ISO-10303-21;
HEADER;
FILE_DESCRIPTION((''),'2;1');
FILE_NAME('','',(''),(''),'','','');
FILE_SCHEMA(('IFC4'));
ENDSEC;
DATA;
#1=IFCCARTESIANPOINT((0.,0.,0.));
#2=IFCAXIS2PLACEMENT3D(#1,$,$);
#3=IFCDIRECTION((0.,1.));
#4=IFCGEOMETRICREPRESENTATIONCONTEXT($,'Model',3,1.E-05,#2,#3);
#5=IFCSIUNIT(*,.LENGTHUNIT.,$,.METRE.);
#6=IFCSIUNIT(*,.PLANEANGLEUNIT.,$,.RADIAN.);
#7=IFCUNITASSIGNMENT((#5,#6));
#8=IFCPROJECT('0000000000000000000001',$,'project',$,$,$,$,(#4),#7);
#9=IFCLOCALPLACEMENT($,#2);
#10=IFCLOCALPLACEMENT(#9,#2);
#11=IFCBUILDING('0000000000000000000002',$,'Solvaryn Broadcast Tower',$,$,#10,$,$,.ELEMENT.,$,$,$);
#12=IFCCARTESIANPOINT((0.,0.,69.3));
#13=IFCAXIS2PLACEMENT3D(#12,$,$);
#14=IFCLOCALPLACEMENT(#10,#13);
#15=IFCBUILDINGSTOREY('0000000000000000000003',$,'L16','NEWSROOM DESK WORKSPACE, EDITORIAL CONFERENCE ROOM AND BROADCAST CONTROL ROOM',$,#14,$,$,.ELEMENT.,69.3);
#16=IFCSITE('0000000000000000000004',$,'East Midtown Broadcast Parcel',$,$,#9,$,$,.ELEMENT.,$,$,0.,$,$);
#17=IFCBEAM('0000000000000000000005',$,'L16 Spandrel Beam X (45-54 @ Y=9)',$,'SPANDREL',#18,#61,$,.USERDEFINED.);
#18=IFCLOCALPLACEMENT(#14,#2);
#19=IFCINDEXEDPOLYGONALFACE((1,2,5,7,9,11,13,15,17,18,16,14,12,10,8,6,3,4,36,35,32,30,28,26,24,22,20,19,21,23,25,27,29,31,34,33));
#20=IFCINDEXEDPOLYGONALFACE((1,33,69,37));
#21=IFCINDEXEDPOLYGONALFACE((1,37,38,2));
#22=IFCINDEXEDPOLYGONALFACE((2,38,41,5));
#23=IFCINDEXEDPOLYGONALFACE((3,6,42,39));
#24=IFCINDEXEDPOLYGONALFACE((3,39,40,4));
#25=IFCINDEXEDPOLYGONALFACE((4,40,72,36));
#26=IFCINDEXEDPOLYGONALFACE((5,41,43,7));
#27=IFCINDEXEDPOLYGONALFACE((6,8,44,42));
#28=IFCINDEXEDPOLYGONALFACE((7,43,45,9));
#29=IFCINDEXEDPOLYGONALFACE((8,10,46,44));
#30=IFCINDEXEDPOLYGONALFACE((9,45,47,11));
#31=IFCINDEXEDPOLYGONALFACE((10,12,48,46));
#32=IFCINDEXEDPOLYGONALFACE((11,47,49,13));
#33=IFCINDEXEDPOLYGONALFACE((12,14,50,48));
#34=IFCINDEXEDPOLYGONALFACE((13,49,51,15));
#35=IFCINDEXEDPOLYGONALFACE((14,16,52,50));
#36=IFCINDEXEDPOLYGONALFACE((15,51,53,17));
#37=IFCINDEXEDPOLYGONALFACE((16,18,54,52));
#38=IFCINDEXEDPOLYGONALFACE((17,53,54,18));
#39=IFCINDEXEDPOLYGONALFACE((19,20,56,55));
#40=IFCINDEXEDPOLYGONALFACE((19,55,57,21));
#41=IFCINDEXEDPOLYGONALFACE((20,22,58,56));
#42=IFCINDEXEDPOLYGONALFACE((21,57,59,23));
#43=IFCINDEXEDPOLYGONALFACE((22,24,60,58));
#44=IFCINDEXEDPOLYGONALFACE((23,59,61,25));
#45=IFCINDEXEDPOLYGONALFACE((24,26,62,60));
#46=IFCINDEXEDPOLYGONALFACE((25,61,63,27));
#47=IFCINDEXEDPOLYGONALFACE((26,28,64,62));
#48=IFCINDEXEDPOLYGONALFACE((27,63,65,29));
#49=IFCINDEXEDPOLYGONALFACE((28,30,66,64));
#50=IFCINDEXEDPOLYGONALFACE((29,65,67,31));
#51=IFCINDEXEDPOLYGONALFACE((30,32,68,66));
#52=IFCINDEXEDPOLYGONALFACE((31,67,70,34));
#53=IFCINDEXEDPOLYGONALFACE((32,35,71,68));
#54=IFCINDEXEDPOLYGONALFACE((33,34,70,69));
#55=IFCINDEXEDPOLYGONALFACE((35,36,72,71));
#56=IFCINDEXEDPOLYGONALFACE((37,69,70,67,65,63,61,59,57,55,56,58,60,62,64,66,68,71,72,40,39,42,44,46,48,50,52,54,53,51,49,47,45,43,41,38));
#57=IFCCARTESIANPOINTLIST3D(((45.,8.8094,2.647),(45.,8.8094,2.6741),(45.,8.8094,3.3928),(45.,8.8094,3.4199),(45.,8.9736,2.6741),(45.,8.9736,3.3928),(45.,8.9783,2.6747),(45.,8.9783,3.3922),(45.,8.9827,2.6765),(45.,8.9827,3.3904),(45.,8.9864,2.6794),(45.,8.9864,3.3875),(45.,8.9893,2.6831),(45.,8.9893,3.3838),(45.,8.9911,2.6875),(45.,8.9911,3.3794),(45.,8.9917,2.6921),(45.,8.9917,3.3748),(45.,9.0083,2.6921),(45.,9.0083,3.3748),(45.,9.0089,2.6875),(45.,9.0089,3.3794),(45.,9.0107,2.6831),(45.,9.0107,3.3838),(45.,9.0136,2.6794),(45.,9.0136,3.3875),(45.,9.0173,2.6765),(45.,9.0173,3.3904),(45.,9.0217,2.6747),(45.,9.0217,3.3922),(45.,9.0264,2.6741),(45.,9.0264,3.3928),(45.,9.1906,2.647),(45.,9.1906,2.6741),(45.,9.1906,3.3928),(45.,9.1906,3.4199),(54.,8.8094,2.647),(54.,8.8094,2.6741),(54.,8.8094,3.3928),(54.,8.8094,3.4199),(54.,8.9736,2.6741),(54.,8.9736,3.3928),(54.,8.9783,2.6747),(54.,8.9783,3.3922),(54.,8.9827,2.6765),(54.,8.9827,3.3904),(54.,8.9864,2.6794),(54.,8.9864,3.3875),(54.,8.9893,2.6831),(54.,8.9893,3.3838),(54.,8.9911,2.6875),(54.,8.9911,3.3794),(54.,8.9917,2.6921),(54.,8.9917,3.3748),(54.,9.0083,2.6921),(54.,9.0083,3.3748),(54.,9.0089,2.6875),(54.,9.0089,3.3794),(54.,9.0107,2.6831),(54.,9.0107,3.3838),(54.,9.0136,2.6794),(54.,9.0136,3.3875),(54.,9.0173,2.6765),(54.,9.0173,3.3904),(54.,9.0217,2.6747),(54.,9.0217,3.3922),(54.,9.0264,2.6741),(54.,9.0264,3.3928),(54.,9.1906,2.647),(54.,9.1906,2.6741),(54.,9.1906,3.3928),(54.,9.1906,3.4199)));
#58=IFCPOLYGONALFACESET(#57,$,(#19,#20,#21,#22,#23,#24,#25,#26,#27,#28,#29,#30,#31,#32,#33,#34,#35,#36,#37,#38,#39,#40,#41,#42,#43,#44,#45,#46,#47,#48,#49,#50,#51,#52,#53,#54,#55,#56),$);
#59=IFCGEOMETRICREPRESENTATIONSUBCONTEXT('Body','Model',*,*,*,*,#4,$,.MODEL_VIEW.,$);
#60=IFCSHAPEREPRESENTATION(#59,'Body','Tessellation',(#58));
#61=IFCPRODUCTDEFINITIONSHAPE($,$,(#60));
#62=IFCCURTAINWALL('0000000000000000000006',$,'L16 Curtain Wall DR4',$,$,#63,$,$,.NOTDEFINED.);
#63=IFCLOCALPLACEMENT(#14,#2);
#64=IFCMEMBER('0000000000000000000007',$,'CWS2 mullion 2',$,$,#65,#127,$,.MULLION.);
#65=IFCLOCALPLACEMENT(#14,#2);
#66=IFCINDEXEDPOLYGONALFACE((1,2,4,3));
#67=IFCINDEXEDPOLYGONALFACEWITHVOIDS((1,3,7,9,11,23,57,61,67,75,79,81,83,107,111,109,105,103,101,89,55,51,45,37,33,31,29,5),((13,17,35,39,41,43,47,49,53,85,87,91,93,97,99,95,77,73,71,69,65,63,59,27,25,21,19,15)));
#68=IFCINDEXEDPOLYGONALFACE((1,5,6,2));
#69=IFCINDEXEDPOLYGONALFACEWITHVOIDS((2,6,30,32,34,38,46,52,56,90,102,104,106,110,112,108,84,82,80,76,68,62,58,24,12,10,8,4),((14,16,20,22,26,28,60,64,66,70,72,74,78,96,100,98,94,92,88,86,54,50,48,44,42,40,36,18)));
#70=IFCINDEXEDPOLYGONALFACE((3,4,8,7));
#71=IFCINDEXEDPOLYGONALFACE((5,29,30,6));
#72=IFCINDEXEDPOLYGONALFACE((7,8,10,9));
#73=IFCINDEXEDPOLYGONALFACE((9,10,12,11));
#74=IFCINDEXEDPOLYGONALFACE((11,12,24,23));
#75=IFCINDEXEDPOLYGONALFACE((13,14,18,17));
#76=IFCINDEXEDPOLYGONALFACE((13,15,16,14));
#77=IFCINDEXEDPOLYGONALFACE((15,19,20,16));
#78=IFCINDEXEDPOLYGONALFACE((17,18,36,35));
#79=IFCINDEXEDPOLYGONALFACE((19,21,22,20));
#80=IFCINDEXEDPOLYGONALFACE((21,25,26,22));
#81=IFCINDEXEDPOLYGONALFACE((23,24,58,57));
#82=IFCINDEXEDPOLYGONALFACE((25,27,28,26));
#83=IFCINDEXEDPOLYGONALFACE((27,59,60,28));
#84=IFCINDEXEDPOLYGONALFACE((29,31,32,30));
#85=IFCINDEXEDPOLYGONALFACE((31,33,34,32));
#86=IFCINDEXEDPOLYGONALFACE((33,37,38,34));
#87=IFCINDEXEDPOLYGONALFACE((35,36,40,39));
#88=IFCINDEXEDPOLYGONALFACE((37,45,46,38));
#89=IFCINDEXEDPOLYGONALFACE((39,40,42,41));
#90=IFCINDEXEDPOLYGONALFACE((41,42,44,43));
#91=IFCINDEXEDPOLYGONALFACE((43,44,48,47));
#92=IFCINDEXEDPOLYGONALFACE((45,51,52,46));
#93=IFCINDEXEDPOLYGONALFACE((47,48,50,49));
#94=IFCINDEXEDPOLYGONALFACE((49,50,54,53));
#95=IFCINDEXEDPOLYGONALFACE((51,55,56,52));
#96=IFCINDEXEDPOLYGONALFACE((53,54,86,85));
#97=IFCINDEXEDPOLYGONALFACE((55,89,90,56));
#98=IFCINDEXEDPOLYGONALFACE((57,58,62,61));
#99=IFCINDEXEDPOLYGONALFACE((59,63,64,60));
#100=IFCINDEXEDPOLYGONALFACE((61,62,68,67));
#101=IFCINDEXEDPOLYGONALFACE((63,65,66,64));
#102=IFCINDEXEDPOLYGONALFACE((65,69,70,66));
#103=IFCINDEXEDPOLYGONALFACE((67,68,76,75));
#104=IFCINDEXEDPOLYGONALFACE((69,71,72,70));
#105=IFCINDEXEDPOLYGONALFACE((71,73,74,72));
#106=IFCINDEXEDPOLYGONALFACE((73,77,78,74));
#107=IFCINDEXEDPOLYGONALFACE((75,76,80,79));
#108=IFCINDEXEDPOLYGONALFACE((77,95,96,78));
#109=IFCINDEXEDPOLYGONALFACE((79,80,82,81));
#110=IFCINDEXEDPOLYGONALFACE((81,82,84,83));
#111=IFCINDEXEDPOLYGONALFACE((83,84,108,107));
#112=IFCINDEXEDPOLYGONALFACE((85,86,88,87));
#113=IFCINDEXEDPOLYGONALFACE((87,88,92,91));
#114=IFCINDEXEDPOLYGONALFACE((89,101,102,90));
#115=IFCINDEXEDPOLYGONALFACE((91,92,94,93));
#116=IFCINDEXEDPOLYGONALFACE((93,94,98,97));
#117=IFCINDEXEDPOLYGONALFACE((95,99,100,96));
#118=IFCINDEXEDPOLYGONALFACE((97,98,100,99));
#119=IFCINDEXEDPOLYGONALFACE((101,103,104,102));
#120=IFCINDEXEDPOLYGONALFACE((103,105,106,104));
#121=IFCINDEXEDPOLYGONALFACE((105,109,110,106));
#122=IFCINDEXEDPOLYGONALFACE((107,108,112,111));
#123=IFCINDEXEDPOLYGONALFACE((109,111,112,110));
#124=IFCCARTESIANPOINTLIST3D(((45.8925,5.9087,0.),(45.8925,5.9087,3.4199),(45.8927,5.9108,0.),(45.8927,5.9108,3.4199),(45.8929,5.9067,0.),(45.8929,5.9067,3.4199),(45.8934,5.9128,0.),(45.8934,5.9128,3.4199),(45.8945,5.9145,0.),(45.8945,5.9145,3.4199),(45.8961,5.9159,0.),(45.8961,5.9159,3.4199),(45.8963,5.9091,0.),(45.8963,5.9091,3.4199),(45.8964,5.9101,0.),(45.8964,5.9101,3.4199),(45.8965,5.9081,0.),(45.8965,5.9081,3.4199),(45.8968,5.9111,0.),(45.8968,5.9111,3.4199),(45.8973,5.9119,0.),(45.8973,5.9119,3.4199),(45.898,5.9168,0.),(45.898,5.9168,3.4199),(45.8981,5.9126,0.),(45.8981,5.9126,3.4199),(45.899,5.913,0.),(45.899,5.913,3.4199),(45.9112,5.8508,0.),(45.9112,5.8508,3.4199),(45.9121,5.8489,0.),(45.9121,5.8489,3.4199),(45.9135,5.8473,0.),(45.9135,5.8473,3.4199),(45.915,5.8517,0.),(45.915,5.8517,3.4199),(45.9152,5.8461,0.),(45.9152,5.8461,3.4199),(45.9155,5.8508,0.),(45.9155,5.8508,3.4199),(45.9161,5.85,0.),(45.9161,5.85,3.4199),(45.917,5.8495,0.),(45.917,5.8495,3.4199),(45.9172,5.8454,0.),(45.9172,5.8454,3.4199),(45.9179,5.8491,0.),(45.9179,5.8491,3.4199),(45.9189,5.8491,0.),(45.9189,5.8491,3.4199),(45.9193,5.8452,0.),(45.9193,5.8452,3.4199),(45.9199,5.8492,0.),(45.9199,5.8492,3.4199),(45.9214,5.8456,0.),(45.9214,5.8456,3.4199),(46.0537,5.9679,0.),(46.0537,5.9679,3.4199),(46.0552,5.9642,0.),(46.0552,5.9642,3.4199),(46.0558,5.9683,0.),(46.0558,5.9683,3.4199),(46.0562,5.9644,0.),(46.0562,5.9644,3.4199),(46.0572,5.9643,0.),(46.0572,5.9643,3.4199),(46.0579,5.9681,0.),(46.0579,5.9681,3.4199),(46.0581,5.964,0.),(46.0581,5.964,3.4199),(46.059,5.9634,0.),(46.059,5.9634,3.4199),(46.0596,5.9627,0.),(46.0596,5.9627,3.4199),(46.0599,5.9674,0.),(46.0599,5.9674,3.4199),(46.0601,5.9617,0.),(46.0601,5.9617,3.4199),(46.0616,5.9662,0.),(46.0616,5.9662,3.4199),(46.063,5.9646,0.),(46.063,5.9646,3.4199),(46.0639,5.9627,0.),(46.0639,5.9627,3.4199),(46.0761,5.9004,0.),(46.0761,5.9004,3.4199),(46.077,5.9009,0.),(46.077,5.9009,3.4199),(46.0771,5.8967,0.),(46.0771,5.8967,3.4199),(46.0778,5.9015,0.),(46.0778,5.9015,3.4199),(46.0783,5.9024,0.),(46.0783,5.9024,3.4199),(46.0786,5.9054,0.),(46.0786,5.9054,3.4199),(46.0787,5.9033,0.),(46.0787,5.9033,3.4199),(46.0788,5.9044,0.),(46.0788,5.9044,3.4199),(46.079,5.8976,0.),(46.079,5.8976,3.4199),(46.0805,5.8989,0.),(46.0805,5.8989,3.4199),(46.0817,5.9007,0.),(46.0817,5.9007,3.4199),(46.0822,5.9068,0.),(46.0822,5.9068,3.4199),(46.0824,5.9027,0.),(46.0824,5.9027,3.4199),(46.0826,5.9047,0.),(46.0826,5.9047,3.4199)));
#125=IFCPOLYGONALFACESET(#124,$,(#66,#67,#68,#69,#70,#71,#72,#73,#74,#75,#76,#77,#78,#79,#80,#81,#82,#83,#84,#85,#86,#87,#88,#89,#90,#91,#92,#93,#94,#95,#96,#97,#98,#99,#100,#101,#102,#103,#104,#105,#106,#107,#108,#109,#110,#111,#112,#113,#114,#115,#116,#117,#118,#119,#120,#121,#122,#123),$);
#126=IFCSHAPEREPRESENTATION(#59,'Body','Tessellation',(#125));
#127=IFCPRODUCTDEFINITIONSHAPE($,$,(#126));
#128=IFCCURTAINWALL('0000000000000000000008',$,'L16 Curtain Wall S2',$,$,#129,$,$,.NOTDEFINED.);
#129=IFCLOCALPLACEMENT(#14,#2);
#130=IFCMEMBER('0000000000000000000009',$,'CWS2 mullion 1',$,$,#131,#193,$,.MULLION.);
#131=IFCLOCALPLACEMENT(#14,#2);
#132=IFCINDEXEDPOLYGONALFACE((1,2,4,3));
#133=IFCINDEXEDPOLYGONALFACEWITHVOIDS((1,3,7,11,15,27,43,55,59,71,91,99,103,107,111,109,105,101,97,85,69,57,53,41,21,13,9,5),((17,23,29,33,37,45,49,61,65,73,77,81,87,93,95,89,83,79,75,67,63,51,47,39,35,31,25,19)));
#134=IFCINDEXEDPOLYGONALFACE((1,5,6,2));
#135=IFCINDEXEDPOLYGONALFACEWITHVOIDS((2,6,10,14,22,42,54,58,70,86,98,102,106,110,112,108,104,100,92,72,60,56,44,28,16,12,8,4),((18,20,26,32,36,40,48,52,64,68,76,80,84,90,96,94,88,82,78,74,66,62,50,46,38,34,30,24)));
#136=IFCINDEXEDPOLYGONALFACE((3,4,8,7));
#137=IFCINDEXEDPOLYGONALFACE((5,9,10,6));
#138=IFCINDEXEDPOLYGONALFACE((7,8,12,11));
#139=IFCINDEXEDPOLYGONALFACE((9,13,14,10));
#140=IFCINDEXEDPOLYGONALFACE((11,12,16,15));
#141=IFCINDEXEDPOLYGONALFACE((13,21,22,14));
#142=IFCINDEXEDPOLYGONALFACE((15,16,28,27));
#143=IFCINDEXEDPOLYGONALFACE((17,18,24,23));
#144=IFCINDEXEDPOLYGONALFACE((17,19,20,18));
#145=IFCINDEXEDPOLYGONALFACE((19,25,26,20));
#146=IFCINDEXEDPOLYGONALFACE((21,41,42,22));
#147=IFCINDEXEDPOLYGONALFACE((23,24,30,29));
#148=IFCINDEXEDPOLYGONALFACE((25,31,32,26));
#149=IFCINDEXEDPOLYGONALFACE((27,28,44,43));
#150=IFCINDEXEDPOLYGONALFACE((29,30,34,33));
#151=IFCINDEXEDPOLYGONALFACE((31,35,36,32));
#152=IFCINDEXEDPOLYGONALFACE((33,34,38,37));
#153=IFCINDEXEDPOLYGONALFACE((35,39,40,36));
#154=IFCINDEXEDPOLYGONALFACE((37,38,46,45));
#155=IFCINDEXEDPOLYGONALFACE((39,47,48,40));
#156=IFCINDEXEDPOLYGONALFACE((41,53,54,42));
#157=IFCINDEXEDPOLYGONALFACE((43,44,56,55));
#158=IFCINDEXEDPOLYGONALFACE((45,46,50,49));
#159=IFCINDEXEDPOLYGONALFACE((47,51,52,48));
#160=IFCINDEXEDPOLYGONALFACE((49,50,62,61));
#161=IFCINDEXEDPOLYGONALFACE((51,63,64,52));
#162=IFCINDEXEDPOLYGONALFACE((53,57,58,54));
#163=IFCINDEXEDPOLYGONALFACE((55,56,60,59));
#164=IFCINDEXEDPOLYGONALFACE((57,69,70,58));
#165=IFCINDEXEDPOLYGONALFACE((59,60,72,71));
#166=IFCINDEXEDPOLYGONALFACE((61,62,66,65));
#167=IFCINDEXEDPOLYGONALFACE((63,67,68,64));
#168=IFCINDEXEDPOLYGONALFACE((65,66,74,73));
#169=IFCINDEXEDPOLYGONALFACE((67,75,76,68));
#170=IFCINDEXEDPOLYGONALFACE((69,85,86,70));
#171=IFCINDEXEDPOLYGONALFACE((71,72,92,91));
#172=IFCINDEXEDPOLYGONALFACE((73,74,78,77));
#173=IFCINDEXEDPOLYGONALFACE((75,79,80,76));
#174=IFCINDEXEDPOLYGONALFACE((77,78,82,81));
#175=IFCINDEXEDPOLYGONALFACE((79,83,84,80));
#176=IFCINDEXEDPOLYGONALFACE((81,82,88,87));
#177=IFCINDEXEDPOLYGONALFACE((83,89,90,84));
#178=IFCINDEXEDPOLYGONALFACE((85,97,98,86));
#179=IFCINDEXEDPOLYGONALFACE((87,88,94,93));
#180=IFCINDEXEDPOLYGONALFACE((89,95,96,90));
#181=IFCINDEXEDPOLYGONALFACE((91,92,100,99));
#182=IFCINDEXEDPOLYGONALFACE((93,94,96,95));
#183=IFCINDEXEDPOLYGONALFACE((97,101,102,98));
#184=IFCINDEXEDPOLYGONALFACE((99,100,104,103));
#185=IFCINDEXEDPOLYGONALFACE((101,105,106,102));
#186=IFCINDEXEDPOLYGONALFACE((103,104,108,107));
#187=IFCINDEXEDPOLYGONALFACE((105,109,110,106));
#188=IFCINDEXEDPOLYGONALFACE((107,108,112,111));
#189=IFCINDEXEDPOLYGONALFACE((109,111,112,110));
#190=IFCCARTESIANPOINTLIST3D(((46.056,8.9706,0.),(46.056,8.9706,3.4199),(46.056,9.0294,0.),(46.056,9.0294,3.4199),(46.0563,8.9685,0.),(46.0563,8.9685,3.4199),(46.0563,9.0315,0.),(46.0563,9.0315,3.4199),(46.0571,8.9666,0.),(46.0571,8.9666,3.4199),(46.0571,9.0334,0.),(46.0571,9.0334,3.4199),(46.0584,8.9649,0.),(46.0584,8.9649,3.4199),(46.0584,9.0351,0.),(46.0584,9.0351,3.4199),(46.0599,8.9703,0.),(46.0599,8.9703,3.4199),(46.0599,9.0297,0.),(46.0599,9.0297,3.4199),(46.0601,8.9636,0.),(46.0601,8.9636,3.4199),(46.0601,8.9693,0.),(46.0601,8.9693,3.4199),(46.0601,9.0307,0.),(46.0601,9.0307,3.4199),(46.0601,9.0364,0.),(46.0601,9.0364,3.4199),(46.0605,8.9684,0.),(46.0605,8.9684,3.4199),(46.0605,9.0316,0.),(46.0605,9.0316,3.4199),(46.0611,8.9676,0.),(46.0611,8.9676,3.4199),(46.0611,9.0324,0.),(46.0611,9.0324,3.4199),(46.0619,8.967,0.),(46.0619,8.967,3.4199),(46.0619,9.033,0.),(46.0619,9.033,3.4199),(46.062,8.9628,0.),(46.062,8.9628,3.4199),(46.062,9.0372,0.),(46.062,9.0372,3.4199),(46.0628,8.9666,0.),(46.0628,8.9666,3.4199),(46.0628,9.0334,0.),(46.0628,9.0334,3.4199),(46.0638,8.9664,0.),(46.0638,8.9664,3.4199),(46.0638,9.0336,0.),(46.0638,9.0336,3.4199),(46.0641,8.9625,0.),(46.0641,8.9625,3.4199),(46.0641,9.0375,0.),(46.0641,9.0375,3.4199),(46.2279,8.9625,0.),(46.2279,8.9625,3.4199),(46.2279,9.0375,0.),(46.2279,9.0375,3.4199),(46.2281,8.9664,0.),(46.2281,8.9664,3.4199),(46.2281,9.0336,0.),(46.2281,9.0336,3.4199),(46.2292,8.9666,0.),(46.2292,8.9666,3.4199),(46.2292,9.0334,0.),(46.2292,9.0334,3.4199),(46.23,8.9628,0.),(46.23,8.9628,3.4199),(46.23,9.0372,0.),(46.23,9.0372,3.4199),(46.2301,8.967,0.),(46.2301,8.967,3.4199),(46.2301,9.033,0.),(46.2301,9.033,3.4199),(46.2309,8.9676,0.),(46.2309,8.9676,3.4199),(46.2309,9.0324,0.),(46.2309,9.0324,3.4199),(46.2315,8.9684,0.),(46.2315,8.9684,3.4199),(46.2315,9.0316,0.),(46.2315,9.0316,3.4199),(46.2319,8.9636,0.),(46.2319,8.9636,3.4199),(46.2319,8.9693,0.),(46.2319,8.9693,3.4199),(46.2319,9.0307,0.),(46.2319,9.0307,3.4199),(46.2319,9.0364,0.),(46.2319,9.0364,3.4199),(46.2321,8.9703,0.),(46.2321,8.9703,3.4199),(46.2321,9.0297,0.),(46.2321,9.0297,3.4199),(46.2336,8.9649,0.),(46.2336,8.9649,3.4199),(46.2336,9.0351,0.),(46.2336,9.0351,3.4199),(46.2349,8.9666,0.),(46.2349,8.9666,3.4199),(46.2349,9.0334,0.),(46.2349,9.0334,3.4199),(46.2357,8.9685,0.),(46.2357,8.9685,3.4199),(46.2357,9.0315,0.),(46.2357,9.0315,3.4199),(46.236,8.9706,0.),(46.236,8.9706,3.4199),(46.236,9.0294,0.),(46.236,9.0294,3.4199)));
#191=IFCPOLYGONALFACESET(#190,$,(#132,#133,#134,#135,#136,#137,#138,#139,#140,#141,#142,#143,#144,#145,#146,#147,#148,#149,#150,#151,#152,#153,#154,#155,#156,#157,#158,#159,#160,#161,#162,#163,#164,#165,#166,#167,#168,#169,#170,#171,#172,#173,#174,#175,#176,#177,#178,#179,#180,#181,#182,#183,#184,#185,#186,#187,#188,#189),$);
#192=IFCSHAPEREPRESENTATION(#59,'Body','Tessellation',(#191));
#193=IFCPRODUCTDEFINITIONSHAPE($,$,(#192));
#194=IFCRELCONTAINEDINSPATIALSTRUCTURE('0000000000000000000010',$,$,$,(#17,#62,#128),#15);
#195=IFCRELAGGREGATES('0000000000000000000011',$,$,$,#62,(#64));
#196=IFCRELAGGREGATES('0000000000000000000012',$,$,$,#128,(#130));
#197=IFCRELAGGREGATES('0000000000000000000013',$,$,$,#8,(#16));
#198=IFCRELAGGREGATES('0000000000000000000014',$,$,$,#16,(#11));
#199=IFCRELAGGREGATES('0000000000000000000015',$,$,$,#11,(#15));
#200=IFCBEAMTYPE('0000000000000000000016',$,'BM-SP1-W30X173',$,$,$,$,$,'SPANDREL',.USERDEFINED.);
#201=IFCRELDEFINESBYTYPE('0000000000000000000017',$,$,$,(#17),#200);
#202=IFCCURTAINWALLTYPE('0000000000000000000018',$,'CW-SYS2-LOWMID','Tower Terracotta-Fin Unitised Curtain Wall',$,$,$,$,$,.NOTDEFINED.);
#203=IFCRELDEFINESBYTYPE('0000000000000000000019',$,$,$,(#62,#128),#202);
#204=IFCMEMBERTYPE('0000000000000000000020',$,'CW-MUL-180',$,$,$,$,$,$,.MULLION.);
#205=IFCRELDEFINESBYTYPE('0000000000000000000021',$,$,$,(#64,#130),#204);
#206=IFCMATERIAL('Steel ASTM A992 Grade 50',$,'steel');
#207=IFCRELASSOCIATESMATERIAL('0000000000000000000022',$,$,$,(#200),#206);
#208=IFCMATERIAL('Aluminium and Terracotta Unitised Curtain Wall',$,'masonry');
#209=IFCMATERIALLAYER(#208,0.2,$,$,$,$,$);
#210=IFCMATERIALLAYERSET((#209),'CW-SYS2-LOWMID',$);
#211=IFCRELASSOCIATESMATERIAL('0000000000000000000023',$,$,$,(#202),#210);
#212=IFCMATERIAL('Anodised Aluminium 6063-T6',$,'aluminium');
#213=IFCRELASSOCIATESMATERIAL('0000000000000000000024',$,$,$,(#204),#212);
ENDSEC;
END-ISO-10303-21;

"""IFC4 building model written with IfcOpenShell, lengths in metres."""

from ifc_helpers import new_model, si_unit, direction, frame, origin, origin_2d, place, context, subcontext, project, spatial, hollow_rectangle, i_section, extrude, material, layer, layer_set, material_profile, profile_set, type_object, element, aggregate, save


model = new_model("IFC4")

# Units and contexts
model_context = context("Model", 3, precision=1e-05, world=origin(), true_north=direction((0.0, 1.0)))
body_context = subcontext(model_context, "Body", "Model", "MODEL_VIEW")
ifc_project = project(units=[si_unit("LENGTHUNIT", "METRE"), si_unit("PLANEANGLEUNIT", "RADIAN")], contexts=[model_context])

# Site, building, storey
site_placement = place(None, origin())
site = spatial("IfcSite", under=ifc_project, at=site_placement, Name="East Midtown Broadcast Parcel", CompositionType="ELEMENT", RefElevation=0.0)
building_placement = place(site_placement, origin())
building = spatial("IfcBuilding", under=site, at=building_placement, Name="Solvaryn Broadcast Tower", CompositionType="ELEMENT")
storey_placement = place(building_placement, frame((0.0, 0.0, 69.3)))
storey = spatial("IfcBuildingStorey", under=building, at=storey_placement, Name="L16", Description="NEWSROOM DESK WORKSPACE, EDITORIAL CONFERENCE ROOM AND BROADCAST CONTROL ROOM", CompositionType="ELEMENT", Elevation=69.3)

# Beam
ifc_material_1 = material(Name="Steel ASTM A992 Grade 50", Category="steel")
ifc_material_profile_1 = material_profile(ifc_material_1, i_section(OverallWidth=0.3811, OverallDepth=0.7729, WebThickness=0.0166, FlangeThickness=0.0271, FilletRadius=0.0181, at=origin_2d()))
ifc_profile_set_1 = profile_set([ifc_material_profile_1], Name="Steel ASTM A992 Grade 50")
beam_type_1 = type_object("IfcBeamType", Name="BM-SP1-W30X173", ElementType="SPANDREL", PredefinedType="USERDEFINED", material=ifc_profile_set_1)
beam_1_placement = place(storey_placement, frame((45.0, 9.0, 3.0334), z_axis=(1.0, 0.0, 0.0), x_axis=(0.0, 1.0, 0.0)))
element("IfcBeam", 1, at=beam_1_placement, inside=storey, type_object=beam_type_1, Name="L16 Spandrel Beam X (45-54 @ Y=9)", ObjectType="SPANDREL", PredefinedType="USERDEFINED", context=body_context, shape_type="SweptSolid", body=[
    extrude(i_section(OverallWidth=0.3811, OverallDepth=0.7729, WebThickness=0.0166, FlangeThickness=0.0271, FilletRadius=0.0181, at=origin_2d()), origin(), (0.0, 0.0, 1.0), 9.0),
])

# Curtain wall, member
ifc_material_2 = material(Name="Aluminium and Terracotta Unitised Curtain Wall", Category="masonry")
ifc_layer_1 = layer(ifc_material_2, 0.2)
ifc_layer_set_1 = layer_set([ifc_layer_1], Name="CW-SYS2-LOWMID")
curtain_wall_type = type_object("IfcCurtainWallType", Name="CW-SYS2-LOWMID", Description="Tower Terracotta-Fin Unitised Curtain Wall", PredefinedType="NOTDEFINED", material=ifc_layer_set_1)
curtain_wall_1_placement = place(storey_placement, origin())
curtain_wall_1 = element("IfcCurtainWall", 2, at=curtain_wall_1_placement, inside=storey, type_object=curtain_wall_type, Name="L16 Curtain Wall DR4", PredefinedType="NOTDEFINED")
ifc_material_3 = material(Name="Anodised Aluminium 6063-T6", Category="aluminium")
ifc_material_profile_2 = material_profile(ifc_material_3, hollow_rectangle(XDim=0.075, YDim=0.1799, WallThickness=0.0039, InnerFilletRadius=0.0039, OuterFilletRadius=0.0081, at=origin_2d()))
ifc_profile_set_2 = profile_set([ifc_material_profile_2], Name="Anodised Aluminium 6063-T6")
member_type_1 = type_object("IfcMemberType", Name="CW-MUL-180", PredefinedType="MULLION", material=ifc_profile_set_2)
member_1_placement = place(storey_placement, frame((45.9875, 5.9067, 0.0), z_axis=(0.0, 0.0, 1.0), x_axis=(-0.311594, 0.950215, 0.0)))
member_1 = element("IfcMember", 3, at=member_1_placement, type_object=member_type_1, Name="CWS2 mullion 2", PredefinedType="MULLION", context=body_context, shape_type="SweptSolid", body=[
    extrude(hollow_rectangle(XDim=0.075, YDim=0.1799, WallThickness=0.0039, InnerFilletRadius=0.0039, OuterFilletRadius=0.0081, at=origin_2d()), origin(), (0.0, 0.0, 1.0), 3.4199),
])
aggregate(curtain_wall_1, [member_1])

# Curtain wall, member
curtain_wall_2_placement = place(storey_placement, origin())
curtain_wall_2 = element("IfcCurtainWall", 4, at=curtain_wall_2_placement, inside=storey, type_object=curtain_wall_type, Name="L16 Curtain Wall S2", PredefinedType="NOTDEFINED")
member_2_placement = place(storey_placement, frame((46.146, 9.0, 0.0), z_axis=(0.0, 0.0, 1.0), x_axis=(0.0, 1.0, 0.0)))
member_2 = element("IfcMember", 5, at=member_2_placement, type_object=member_type_1, Name="CWS2 mullion 1", PredefinedType="MULLION", context=body_context, shape_type="SweptSolid", body=[
    extrude(hollow_rectangle(XDim=0.075, YDim=0.1799, WallThickness=0.0039, InnerFilletRadius=0.0039, OuterFilletRadius=0.0081, at=origin_2d()), origin(), (0.0, 0.0, 1.0), 3.4199),
])
aggregate(curtain_wall_2, [member_2])

save(model, "model.ifc")
